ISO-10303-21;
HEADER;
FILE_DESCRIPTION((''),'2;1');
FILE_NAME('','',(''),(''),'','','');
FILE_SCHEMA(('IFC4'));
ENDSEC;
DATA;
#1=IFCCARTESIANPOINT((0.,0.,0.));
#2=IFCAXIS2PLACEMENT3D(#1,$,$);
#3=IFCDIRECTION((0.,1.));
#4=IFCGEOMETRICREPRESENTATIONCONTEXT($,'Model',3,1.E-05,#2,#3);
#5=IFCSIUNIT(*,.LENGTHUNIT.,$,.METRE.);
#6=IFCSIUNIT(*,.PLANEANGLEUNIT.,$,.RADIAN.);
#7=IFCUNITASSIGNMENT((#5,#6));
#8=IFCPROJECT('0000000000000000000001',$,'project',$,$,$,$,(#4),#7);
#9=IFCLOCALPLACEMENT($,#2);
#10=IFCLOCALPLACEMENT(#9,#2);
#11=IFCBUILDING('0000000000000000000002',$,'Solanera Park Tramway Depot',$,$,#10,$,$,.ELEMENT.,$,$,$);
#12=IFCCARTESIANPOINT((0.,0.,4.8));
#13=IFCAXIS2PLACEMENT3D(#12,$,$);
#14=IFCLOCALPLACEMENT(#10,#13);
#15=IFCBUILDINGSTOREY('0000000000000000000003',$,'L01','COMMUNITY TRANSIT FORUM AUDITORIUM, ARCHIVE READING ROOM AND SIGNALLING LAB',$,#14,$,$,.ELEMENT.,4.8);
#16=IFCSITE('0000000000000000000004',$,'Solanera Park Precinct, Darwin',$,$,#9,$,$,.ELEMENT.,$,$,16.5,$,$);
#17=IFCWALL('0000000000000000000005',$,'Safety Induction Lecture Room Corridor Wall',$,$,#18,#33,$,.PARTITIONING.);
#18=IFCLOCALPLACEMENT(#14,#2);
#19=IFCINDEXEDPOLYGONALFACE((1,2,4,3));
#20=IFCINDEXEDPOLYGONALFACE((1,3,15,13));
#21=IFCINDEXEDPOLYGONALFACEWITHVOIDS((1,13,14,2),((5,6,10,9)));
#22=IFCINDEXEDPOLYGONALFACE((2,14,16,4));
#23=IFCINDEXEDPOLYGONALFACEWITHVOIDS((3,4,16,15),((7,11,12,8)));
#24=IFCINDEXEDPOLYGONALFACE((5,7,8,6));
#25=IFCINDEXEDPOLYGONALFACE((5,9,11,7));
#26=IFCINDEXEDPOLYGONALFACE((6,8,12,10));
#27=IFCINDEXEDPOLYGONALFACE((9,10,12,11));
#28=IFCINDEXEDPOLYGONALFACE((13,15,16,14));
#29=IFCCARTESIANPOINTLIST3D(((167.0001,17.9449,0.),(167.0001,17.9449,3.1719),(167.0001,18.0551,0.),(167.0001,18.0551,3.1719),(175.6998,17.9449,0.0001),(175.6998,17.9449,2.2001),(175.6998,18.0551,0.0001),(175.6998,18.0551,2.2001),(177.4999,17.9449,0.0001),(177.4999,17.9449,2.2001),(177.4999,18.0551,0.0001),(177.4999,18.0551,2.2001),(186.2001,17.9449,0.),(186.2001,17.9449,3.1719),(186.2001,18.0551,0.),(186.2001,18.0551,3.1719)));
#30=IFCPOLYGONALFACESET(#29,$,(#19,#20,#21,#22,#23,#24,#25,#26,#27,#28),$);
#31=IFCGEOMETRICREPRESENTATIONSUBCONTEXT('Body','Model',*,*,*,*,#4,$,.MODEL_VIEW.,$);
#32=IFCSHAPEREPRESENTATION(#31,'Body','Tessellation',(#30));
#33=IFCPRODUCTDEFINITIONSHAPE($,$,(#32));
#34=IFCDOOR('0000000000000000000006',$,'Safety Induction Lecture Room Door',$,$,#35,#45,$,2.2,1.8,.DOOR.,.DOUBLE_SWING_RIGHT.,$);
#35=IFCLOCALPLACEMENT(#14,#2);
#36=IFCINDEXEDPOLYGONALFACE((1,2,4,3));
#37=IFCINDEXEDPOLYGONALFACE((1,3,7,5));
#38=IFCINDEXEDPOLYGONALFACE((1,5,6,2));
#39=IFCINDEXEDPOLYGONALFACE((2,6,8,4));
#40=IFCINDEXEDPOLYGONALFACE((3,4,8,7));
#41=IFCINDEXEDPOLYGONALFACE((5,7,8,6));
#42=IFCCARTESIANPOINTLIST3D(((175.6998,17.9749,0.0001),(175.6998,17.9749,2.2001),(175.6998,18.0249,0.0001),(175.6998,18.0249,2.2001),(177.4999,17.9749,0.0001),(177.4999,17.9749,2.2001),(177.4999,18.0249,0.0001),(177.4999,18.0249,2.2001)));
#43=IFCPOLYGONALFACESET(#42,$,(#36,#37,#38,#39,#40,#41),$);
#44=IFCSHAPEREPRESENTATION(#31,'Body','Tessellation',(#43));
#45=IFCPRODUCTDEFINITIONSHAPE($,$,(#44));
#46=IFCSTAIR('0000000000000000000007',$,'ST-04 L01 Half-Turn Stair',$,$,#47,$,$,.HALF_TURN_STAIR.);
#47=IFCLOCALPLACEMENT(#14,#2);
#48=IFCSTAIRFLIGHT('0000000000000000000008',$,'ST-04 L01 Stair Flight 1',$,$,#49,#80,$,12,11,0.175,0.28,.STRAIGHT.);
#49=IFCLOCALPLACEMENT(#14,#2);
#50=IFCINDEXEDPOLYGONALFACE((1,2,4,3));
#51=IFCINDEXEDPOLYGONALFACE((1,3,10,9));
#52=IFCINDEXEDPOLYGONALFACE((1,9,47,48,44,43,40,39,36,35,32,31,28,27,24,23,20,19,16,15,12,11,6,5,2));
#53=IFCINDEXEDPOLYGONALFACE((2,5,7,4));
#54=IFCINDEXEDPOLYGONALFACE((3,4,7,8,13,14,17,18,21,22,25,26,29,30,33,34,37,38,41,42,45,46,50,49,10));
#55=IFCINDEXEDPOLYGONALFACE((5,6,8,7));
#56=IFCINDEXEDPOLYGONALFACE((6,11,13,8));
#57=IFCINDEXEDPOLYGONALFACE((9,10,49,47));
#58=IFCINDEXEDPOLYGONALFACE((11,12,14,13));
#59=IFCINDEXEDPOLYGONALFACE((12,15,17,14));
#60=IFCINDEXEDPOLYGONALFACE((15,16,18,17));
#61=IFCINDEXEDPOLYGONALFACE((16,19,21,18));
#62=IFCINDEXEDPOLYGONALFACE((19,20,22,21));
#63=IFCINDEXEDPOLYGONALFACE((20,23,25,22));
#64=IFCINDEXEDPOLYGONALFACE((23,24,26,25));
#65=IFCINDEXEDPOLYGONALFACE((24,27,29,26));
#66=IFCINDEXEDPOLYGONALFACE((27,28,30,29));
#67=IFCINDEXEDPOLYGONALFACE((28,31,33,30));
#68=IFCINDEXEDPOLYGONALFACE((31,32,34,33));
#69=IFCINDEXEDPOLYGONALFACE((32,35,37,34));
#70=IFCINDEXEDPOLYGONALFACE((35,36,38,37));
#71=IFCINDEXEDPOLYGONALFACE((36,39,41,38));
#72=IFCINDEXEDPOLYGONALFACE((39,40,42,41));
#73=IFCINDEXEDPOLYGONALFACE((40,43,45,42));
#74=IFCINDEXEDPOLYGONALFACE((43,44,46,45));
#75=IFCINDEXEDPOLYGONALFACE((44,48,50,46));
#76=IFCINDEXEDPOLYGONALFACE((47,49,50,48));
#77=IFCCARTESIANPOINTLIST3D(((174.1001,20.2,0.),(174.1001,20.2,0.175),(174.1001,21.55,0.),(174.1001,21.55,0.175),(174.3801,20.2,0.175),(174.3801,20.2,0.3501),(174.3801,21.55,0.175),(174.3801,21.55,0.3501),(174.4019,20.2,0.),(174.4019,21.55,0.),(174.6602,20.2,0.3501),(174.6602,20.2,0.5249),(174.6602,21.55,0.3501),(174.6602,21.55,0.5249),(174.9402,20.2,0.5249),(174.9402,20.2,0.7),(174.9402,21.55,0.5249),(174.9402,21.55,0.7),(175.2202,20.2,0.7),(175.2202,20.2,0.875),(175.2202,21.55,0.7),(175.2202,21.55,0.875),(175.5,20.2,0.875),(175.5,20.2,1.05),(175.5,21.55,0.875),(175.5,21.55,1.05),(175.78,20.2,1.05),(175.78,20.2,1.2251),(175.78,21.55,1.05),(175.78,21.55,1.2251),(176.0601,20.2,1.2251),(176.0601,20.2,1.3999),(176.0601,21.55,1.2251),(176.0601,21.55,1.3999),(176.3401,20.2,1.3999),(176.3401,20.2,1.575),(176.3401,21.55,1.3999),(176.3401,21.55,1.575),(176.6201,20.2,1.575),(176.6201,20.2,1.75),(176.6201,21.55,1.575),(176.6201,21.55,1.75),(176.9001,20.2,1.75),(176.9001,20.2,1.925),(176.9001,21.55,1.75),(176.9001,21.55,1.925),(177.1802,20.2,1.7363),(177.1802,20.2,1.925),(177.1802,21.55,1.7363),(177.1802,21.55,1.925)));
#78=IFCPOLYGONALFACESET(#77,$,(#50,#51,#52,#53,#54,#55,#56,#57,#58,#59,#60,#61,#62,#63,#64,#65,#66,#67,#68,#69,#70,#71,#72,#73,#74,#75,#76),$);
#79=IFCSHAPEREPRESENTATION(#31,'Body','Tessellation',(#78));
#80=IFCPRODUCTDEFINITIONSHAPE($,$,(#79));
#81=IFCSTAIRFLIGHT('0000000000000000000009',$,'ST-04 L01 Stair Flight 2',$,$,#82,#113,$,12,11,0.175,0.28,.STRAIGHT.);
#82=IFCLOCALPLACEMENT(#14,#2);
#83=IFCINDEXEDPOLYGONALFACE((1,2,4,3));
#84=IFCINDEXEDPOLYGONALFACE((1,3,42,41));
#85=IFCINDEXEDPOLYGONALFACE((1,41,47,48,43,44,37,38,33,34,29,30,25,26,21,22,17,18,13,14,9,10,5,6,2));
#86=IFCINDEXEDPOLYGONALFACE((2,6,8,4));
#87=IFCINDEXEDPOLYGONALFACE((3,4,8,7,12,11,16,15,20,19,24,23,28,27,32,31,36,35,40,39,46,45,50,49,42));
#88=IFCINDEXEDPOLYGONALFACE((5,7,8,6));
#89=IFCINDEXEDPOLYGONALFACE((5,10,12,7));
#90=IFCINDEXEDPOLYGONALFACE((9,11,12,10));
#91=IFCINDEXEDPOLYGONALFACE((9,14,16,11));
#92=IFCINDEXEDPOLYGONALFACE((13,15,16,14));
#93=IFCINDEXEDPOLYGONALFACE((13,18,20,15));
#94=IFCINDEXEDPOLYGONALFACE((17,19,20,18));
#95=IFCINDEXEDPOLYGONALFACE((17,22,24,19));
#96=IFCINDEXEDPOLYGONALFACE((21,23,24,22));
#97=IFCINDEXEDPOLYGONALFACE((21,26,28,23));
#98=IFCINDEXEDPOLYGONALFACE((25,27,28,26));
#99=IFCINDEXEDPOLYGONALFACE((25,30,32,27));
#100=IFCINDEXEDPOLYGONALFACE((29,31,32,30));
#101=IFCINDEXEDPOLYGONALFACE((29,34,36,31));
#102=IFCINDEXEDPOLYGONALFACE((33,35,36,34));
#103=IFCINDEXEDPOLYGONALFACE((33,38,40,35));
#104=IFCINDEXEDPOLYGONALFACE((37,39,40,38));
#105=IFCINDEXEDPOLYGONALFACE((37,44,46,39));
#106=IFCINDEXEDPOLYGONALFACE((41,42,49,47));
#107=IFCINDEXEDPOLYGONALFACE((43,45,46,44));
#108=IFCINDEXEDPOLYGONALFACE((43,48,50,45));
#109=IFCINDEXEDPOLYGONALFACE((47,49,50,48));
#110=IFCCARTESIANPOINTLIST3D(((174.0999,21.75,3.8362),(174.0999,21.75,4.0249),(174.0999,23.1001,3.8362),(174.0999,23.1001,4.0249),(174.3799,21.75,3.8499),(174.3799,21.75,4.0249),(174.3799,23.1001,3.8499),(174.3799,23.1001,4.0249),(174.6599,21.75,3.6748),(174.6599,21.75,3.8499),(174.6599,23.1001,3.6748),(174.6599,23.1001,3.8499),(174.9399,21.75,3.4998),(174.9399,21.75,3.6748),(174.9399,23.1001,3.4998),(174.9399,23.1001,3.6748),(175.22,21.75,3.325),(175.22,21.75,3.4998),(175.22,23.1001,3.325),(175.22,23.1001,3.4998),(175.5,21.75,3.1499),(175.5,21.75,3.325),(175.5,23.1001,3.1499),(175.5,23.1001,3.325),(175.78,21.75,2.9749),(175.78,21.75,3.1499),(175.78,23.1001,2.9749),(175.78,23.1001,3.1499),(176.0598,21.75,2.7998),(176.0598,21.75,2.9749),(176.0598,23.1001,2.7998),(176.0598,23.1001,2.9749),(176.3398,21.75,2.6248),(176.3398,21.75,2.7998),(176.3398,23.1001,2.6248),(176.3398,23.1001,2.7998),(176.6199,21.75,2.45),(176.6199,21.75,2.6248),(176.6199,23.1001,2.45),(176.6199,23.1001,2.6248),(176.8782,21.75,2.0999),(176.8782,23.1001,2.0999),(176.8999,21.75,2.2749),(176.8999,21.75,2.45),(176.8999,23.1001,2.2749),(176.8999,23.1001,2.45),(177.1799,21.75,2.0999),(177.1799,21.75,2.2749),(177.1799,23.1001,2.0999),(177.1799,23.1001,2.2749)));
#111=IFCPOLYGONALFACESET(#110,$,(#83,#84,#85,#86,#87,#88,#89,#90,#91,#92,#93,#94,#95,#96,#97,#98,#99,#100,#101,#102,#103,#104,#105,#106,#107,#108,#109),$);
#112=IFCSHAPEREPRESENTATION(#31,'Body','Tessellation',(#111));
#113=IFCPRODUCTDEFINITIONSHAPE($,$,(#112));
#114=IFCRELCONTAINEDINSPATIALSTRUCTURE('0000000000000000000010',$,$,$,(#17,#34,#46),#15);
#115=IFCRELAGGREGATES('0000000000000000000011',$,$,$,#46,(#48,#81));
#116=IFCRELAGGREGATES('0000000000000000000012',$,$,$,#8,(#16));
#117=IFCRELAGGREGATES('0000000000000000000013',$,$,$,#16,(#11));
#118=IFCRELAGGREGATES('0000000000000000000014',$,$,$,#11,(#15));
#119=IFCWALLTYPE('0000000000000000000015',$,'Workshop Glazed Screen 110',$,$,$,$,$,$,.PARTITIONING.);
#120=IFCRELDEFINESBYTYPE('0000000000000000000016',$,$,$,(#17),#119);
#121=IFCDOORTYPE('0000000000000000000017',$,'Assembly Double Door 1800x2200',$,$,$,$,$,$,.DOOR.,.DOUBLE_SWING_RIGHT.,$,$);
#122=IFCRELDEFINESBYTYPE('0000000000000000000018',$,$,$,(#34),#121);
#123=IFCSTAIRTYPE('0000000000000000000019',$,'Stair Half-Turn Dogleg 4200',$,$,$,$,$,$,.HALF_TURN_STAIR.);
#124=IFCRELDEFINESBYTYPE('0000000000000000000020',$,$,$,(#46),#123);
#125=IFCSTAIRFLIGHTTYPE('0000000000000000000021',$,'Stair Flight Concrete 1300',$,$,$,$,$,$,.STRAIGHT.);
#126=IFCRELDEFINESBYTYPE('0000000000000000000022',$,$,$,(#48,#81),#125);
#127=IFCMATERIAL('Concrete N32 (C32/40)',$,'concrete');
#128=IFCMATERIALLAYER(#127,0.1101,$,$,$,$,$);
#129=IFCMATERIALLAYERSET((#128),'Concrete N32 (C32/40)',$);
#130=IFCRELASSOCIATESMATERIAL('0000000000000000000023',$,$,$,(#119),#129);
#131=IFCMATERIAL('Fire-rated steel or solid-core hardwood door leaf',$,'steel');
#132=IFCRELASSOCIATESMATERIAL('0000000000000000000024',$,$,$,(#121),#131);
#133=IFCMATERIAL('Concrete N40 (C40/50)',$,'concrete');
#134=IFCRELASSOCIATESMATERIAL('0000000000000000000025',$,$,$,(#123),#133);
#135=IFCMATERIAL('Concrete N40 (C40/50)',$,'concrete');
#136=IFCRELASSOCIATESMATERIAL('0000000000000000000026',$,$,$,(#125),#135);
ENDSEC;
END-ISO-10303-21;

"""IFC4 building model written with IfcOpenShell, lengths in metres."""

from ifc_helpers import new_model, si_unit, direction, frame, frame_2d, origin, place, context, subcontext, project, spatial, polyline, rectangle, outline, extrude, material, layer, layer_set, type_object, element, fill, aggregate, save


model = new_model("IFC4")

# Units and contexts
model_context = context("Model", 3, precision=1e-05, world=origin(), true_north=direction((0.0, 1.0)))
body_context = subcontext(model_context, "Body", "Model", "MODEL_VIEW")
ifc_project = project(units=[si_unit("LENGTHUNIT", "METRE"), si_unit("PLANEANGLEUNIT", "RADIAN")], contexts=[model_context])

# Site, building, storey
site_placement = place(None, origin())
site = spatial("IfcSite", under=ifc_project, at=site_placement, Name="Solanera Park Precinct, Darwin", CompositionType="ELEMENT", RefElevation=16.5)
building_placement = place(site_placement, origin())
building = spatial("IfcBuilding", under=site, at=building_placement, Name="Solanera Park Tramway Depot", CompositionType="ELEMENT")
storey_placement = place(building_placement, frame((0.0, 0.0, 4.8)))
storey = spatial("IfcBuildingStorey", under=building, at=storey_placement, Name="L01", Description="COMMUNITY TRANSIT FORUM AUDITORIUM, ARCHIVE READING ROOM AND SIGNALLING LAB", CompositionType="ELEMENT", Elevation=4.8)

# Wall, opening, door
ifc_material_1 = material(Name="Concrete N32 (C32/40)", Category="concrete")
ifc_layer_1 = layer(ifc_material_1, 0.1101)
ifc_layer_set_1 = layer_set([ifc_layer_1], Name="Concrete N32 (C32/40)")
wall_type_1 = type_object("IfcWallType", Name="Workshop Glazed Screen 110", PredefinedType="PARTITIONING", material=ifc_layer_set_1)
wall_1_placement = place(storey_placement, frame((167.0, 18.0, 0.0), z_axis=(0.0, 0.0, 1.0), x_axis=(1.0, 0.0, 0.0)))
wall_1 = element("IfcWall", 1, at=wall_1_placement, inside=storey, type_object=wall_type_1, Name="Safety Induction Lecture Room Corridor Wall", PredefinedType="PARTITIONING", context=body_context, shape_type="SweptSolid", body=[
    extrude(rectangle(XDim=19.2, YDim=0.1101, at=frame_2d((9.6001, 0.0))), origin(), (0.0, 0.0, 1.0), 3.1719),
])
opening_1_placement = place(wall_1_placement, frame((8.7, 0.0, 0.0)))
opening_1 = element("IfcOpeningElement", 2, at=opening_1_placement, cuts=wall_1, PredefinedType="OPENING", context=body_context, shape_type="SweptSolid", body=[
    extrude(rectangle(XDim=1.8, YDim=2.2, at=frame_2d((0.8999, 1.1001))), frame((0.0, 0.0649, 0.0), z_axis=(0.0, -1.0, 0.0), x_axis=(1.0, 0.0, 0.0)), (0.0, 0.0, 1.0), 0.1301),
])
ifc_material_2 = material(Name="Fire-rated steel or solid-core hardwood door leaf", Category="steel")
door_type_1 = type_object("IfcDoorType", Name="Assembly Double Door 1800x2200", OperationType="DOUBLE_SWING_RIGHT", PredefinedType="DOOR", material=ifc_material_2)
door_1_placement = place(opening_1_placement, origin())
door_1 = element("IfcDoor", 3, at=door_1_placement, inside=storey, type_object=door_type_1, Name="Safety Induction Lecture Room Door", OperationType="DOUBLE_SWING_RIGHT", OverallHeight=2.2, OverallWidth=1.8, PredefinedType="DOOR", context=body_context, shape_type="SweptSolid", body=[
    extrude(rectangle(XDim=1.8, YDim=2.2, at=frame_2d((0.8999, 1.1001))), frame((0.0, 0.0249, 0.0), z_axis=(0.0, -1.0, 0.0), x_axis=(1.0, 0.0, 0.0)), (0.0, 0.0, 1.0), 0.05),
])
fill(opening_1, door_1)

# Stair, stair flights
ifc_material_3 = material(Name="Concrete N40 (C40/50)", Category="concrete")
stair_type = type_object("IfcStairType", Name="Stair Half-Turn Dogleg 4200", PredefinedType="HALF_TURN_STAIR", material=ifc_material_3)
stair_placement = place(storey_placement, origin())
stair = element("IfcStair", 4, at=stair_placement, inside=storey, type_object=stair_type, Name="ST-04 L01 Half-Turn Stair", PredefinedType="HALF_TURN_STAIR")
ifc_material_4 = material(Name="Concrete N40 (C40/50)", Category="concrete")
stair_flight_type = type_object("IfcStairFlightType", Name="Stair Flight Concrete 1300", PredefinedType="STRAIGHT", material=ifc_material_4)
stair_flight_1_placement = place(storey_placement, frame((174.1001, 20.875, 0.0), z_axis=(0.0, 0.0, 1.0), x_axis=(1.0, 0.0, 0.0)))
stair_flight_1 = element("IfcStairFlight", 5, at=stair_flight_1_placement, type_object=stair_flight_type, Name="ST-04 L01 Stair Flight 1", NumberOfRisers=12, NumberOfTreads=11, PredefinedType="STRAIGHT", RiserHeight=0.175, TreadLength=0.28, context=body_context, shape_type="SweptSolid", body=[
    extrude(outline(polyline([(0.0, 0.0), (0.0, 0.175), (0.28, 0.175), (0.28, 0.3501), (0.5601, 0.3501), (0.5601, 0.5249), (0.8401, 0.5249), (0.8401, 0.7), (1.1201, 0.7), (1.1201, 0.875), (1.3999, 0.875), (1.3999, 1.05), (1.6799, 1.05), (1.6799, 1.2251), (1.96, 1.2251), (1.96, 1.3999), (2.24, 1.3999), (2.24, 1.575), (2.52, 1.575), (2.52, 1.75), (2.8, 1.75), (2.8, 1.925), (3.0801, 1.925), (3.0801, 2.1001), (3.0801, 1.7363), (0.3018, 0.0), (0.0, 0.0)])), frame((0.0, 0.675, 0.0), z_axis=(0.0, -1.0, 0.0), x_axis=(1.0, 0.0, 0.0)), (0.0, 0.0, 1.0), 1.3501),
])
stair_flight_2_placement = place(storey_placement, frame((177.1799, 22.425, 2.0999), z_axis=(0.0, 0.0, 1.0), x_axis=(-1.0, 0.0, 0.0)))
stair_flight_2 = element("IfcStairFlight", 6, at=stair_flight_2_placement, type_object=stair_flight_type, Name="ST-04 L01 Stair Flight 2", NumberOfRisers=12, NumberOfTreads=11, PredefinedType="STRAIGHT", RiserHeight=0.175, TreadLength=0.28, context=body_context, shape_type="SweptSolid", body=[
    extrude(outline(polyline([(0.0, 0.0), (0.0, 0.175), (0.28, 0.175), (0.28, 0.3501), (0.5601, 0.3501), (0.5601, 0.5249), (0.8401, 0.5249), (0.8401, 0.7), (1.1201, 0.7), (1.1201, 0.875), (1.3999, 0.875), (1.3999, 1.05), (1.6799, 1.05), (1.6799, 1.2251), (1.96, 1.2251), (1.96, 1.3999), (2.24, 1.3999), (2.24, 1.575), (2.52, 1.575), (2.52, 1.75), (2.8, 1.75), (2.8, 1.925), (3.0801, 1.925), (3.0801, 2.1001), (3.0801, 1.7363), (0.3018, 0.0), (0.0, 0.0)])), frame((0.0, 0.675, 0.0), z_axis=(0.0, -1.0, 0.0), x_axis=(1.0, 0.0, 0.0)), (0.0, 0.0, 1.0), 1.3501),
])
aggregate(stair, [stair_flight_1, stair_flight_2])

save(model, "model.ifc")
